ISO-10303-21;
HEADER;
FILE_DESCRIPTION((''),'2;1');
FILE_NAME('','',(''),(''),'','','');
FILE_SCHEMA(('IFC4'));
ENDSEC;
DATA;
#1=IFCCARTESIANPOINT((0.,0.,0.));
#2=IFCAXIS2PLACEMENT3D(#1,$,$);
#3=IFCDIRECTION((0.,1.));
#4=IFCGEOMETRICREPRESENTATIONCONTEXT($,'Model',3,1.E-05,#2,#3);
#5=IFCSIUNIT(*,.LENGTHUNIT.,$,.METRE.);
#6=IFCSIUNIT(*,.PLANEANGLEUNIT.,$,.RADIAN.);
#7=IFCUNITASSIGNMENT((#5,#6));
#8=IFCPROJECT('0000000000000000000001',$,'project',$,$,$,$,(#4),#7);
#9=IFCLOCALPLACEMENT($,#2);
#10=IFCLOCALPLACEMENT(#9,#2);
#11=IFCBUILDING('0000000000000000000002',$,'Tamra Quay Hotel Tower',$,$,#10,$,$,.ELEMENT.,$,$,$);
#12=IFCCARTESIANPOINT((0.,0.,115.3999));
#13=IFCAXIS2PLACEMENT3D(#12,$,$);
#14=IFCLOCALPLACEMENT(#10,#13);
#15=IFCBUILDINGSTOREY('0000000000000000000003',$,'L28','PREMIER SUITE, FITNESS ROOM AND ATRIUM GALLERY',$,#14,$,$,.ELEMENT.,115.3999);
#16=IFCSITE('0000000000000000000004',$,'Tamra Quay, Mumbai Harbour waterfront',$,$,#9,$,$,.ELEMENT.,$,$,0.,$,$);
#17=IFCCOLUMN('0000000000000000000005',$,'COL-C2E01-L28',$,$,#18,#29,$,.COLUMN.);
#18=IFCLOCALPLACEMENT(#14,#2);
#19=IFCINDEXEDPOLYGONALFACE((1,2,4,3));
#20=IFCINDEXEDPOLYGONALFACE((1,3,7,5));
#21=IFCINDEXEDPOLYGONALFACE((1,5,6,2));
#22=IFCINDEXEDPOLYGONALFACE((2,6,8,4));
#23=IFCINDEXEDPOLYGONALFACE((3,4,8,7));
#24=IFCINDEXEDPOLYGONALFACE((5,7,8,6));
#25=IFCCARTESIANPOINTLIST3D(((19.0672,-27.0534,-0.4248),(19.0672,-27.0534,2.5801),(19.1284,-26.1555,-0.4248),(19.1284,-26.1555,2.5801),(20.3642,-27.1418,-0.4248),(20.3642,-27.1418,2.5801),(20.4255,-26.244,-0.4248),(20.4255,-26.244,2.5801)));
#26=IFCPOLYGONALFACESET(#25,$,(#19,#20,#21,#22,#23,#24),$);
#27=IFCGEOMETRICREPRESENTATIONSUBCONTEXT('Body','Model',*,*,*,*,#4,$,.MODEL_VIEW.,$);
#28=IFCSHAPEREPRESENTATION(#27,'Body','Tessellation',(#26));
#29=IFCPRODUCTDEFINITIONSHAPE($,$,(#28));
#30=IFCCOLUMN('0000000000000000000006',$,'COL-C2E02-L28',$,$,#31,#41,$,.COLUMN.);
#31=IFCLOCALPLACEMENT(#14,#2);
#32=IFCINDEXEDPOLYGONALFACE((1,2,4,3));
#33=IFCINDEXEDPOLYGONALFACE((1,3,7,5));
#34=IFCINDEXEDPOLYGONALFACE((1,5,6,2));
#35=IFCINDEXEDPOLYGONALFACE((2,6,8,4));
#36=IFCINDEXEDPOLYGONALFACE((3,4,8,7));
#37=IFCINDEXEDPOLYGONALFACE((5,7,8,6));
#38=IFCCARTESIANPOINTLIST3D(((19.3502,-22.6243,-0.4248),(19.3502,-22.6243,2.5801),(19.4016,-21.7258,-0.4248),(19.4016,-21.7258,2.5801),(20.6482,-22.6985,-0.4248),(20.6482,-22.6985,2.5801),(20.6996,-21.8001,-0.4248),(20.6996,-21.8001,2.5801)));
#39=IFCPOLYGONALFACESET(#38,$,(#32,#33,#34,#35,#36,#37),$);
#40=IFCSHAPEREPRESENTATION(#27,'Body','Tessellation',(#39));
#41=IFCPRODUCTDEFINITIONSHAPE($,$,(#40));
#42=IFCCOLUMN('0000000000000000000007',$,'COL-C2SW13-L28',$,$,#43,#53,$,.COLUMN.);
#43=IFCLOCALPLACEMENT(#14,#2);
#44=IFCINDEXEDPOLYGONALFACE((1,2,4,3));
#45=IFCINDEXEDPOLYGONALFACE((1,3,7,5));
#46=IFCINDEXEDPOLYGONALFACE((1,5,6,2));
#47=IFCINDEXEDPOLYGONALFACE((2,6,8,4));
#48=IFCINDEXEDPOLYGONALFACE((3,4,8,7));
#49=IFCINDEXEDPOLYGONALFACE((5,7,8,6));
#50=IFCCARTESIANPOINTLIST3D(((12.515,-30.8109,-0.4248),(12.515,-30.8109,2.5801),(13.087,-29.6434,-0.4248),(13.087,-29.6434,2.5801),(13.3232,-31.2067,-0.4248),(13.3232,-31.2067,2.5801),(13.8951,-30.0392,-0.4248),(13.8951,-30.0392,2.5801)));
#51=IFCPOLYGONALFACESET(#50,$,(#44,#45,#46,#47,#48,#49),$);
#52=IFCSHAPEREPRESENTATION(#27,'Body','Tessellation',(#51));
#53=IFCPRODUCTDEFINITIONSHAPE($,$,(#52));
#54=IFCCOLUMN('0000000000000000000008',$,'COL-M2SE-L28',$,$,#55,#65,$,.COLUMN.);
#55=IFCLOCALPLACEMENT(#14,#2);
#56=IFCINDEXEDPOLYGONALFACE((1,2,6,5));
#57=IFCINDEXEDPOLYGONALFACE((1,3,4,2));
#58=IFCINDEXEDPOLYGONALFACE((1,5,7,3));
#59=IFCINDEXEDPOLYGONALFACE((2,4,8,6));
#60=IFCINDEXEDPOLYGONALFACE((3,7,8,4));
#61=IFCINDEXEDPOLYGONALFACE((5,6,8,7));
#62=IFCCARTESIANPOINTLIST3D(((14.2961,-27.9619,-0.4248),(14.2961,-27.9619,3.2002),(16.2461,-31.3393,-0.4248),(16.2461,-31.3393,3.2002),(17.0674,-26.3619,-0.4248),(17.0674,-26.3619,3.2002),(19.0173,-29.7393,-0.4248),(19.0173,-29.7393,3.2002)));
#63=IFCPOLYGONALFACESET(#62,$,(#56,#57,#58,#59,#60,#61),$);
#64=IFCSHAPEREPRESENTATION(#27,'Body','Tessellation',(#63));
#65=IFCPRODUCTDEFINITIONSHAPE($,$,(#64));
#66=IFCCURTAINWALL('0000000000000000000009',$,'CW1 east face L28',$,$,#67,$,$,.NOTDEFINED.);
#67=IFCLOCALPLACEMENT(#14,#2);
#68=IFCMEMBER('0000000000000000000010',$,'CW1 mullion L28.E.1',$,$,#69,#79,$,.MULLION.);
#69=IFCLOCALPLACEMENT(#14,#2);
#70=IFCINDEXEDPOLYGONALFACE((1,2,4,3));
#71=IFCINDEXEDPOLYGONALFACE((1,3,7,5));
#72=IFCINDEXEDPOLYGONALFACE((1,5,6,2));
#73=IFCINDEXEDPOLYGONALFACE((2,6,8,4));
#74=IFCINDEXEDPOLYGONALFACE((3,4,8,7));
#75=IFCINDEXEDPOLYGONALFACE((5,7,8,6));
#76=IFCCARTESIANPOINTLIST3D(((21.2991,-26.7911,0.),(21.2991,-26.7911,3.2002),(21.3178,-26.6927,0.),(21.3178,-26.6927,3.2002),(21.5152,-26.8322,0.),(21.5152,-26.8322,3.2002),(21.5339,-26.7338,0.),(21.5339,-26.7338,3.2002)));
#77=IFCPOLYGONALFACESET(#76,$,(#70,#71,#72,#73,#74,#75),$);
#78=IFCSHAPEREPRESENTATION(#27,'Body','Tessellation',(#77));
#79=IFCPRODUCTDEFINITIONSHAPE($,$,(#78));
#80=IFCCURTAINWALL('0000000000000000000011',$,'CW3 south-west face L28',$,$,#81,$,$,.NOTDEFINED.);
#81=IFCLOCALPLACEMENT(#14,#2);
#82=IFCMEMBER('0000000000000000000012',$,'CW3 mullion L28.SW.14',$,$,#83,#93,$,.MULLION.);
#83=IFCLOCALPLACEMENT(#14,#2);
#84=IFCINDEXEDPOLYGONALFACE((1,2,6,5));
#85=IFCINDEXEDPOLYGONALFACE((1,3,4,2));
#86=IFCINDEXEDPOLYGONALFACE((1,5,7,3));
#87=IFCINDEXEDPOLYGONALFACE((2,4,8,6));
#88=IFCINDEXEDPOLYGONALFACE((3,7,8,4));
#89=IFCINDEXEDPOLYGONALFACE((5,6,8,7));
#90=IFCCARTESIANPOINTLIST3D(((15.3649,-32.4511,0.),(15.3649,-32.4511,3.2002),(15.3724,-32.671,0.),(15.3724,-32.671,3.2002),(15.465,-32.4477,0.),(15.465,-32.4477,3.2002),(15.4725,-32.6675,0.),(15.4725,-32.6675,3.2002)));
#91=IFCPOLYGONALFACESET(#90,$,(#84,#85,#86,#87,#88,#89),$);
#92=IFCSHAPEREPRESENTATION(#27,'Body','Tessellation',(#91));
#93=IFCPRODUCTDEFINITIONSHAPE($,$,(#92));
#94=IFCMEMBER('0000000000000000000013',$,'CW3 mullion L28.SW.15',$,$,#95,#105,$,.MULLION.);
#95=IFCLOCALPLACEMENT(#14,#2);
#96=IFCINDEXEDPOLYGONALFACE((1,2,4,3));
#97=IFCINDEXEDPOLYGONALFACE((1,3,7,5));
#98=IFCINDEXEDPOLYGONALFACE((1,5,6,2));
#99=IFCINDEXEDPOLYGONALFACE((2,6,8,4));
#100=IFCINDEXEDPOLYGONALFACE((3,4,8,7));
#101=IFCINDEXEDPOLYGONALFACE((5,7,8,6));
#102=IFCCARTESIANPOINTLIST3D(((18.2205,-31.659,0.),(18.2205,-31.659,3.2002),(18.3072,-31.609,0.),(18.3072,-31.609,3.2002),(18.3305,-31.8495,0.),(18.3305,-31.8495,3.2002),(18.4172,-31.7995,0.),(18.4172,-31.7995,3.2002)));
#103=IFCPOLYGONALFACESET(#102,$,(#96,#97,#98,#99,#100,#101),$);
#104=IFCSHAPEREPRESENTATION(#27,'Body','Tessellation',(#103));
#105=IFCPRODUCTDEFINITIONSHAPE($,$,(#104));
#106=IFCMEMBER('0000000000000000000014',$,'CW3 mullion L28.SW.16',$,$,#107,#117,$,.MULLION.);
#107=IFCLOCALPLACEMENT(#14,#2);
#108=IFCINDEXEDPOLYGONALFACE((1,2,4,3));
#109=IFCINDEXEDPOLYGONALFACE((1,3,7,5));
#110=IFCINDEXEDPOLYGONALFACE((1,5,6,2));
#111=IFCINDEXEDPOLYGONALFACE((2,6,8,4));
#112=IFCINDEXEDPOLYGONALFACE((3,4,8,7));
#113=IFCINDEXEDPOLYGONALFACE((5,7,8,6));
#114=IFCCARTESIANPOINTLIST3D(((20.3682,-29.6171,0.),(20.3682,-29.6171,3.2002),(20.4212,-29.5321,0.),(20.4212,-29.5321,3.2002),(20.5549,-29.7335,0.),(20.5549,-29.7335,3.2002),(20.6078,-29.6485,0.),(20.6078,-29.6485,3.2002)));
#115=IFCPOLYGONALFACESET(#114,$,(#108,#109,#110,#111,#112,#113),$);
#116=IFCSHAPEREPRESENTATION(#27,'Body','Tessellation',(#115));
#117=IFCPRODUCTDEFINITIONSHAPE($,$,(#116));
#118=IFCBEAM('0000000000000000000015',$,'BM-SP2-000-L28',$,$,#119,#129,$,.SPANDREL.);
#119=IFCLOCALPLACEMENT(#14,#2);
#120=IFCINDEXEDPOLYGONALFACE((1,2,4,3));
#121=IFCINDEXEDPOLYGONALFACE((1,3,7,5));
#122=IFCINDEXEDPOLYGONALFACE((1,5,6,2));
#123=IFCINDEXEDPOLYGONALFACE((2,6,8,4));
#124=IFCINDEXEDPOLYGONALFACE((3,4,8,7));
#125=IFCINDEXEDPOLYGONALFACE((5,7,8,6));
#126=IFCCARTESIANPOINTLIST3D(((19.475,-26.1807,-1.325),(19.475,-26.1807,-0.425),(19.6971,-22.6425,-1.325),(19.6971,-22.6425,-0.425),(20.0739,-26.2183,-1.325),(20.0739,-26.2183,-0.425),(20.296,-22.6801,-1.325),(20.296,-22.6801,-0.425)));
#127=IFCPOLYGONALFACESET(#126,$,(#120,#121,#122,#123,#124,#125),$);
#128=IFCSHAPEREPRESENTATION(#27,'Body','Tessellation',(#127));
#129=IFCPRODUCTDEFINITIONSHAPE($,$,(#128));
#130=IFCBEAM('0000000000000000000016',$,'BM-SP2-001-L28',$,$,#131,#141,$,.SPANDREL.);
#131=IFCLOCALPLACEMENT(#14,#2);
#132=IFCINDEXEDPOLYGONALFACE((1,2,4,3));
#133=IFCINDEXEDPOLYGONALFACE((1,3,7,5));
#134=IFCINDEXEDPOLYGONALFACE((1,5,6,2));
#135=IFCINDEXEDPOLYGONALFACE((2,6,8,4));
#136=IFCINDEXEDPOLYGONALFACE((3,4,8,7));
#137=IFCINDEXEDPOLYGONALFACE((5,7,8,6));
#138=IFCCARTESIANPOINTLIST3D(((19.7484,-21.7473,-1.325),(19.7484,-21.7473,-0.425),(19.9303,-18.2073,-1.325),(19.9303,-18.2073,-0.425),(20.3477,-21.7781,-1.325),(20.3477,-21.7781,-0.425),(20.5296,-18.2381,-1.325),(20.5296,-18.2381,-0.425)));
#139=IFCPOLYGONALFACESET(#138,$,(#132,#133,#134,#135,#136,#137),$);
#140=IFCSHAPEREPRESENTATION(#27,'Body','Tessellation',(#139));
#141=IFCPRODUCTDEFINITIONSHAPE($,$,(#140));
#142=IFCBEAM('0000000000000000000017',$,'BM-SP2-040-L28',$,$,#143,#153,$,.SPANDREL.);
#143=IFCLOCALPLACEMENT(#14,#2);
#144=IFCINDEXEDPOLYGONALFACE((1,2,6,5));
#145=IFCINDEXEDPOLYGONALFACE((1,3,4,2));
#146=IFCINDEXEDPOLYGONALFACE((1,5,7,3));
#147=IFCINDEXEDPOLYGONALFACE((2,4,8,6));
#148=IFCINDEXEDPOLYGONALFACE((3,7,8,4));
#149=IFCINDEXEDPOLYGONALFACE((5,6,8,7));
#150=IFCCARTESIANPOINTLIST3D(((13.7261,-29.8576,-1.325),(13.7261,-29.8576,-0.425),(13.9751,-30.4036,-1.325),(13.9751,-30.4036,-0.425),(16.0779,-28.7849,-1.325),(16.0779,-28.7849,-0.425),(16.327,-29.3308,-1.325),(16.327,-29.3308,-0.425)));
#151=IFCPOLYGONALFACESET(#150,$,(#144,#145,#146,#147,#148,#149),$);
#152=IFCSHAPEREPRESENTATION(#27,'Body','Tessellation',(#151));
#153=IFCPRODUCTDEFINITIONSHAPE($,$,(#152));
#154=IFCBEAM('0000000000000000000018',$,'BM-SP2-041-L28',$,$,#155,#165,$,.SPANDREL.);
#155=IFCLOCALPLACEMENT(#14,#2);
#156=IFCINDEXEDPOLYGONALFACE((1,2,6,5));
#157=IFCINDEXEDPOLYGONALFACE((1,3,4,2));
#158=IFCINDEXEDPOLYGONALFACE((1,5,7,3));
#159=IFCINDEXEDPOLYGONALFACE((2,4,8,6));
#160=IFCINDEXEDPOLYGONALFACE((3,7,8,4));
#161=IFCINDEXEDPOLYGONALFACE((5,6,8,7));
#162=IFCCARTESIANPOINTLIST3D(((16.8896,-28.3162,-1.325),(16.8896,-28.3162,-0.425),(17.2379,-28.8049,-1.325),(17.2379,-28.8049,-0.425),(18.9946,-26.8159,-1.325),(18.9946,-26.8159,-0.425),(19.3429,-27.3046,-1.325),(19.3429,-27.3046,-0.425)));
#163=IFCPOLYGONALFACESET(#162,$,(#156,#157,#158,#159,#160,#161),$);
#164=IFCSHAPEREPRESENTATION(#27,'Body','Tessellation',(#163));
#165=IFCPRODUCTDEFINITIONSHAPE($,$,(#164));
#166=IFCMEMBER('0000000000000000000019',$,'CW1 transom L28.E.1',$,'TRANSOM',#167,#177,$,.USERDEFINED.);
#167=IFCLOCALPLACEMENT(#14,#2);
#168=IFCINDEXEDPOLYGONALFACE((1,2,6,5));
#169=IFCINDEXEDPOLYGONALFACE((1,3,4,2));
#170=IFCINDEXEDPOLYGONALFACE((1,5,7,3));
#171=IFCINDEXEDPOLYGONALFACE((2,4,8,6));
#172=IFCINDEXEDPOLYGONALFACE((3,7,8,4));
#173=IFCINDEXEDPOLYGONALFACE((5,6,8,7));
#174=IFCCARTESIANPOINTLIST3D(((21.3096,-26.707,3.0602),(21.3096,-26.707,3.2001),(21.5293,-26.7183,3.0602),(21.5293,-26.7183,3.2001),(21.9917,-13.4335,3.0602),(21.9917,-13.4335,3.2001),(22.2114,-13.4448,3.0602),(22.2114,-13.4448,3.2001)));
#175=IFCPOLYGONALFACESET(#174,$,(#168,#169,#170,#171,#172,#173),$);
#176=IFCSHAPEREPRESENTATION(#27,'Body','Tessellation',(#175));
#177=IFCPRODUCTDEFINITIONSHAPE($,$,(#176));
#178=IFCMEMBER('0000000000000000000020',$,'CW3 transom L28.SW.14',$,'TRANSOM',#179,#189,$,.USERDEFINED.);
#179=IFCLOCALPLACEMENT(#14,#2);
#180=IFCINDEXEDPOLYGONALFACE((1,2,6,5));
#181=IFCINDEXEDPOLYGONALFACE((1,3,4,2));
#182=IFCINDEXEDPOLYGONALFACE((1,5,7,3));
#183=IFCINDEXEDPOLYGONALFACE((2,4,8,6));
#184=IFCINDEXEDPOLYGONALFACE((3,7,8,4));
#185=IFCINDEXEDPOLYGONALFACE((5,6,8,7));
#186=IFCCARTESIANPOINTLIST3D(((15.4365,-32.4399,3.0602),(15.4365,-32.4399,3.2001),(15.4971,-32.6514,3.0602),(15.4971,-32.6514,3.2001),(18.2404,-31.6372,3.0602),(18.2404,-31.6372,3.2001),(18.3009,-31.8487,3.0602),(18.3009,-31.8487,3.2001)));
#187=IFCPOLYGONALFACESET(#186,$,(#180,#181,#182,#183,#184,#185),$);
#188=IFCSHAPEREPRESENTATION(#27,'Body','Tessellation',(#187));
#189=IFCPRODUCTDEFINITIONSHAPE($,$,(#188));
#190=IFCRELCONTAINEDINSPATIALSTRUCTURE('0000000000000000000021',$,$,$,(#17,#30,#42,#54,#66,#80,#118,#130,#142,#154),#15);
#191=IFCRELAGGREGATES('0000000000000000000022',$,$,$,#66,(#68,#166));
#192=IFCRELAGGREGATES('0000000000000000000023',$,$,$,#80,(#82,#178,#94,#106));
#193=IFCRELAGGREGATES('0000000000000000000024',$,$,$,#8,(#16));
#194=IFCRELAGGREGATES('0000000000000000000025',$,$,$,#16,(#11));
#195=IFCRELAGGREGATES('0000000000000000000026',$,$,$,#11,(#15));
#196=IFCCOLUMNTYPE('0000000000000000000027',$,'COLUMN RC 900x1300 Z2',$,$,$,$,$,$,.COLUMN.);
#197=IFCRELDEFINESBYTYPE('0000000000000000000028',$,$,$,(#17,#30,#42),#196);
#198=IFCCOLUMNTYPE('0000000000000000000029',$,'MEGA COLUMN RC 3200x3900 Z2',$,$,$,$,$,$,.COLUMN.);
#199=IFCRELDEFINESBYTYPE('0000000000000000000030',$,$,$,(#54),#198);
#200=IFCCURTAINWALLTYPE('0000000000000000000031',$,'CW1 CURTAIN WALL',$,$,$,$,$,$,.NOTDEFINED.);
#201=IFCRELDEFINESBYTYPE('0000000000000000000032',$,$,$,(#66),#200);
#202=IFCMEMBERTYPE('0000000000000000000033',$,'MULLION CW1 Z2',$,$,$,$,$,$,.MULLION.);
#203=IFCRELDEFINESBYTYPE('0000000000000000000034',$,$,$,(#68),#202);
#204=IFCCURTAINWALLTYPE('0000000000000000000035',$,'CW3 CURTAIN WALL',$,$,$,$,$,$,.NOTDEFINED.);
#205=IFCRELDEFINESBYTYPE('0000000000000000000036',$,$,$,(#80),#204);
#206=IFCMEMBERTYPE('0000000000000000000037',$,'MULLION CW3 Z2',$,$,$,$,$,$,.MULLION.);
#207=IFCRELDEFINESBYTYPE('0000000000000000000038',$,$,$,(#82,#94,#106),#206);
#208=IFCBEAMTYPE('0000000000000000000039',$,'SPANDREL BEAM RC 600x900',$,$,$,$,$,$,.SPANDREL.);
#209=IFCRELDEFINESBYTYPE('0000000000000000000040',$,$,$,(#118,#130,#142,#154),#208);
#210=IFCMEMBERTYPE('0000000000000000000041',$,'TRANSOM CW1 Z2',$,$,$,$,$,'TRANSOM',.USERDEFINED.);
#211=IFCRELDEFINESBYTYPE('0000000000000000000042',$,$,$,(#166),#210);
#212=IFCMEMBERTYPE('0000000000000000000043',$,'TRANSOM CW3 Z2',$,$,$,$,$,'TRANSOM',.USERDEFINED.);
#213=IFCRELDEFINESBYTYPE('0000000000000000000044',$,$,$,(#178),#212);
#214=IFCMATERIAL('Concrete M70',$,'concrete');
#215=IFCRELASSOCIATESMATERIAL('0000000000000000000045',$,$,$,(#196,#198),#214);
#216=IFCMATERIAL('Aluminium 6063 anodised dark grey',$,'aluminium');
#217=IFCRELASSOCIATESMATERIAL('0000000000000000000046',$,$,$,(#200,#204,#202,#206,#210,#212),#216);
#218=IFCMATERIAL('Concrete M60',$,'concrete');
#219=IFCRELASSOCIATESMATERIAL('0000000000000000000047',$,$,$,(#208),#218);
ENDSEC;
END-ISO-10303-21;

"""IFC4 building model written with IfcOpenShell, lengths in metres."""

from ifc_helpers import new_model, si_unit, direction, frame, origin, origin_2d, place, context, subcontext, project, spatial, rectangle, extrude, material, material_profile, profile_set, type_object, element, aggregate, save


model = new_model("IFC4")

# Units and contexts
model_context = context("Model", 3, precision=1e-05, world=origin(), true_north=direction((0.0, 1.0)))
body_context = subcontext(model_context, "Body", "Model", "MODEL_VIEW")
ifc_project = project(units=[si_unit("LENGTHUNIT", "METRE"), si_unit("PLANEANGLEUNIT", "RADIAN")], contexts=[model_context])

# Site, building, storey
site_placement = place(None, origin())
site = spatial("IfcSite", under=ifc_project, at=site_placement, Name="Tamra Quay, Mumbai Harbour waterfront", CompositionType="ELEMENT", RefElevation=0.0)
building_placement = place(site_placement, origin())
building = spatial("IfcBuilding", under=site, at=building_placement, Name="Tamra Quay Hotel Tower", CompositionType="ELEMENT")
storey_placement = place(building_placement, frame((0.0, 0.0, 115.3999)))
storey = spatial("IfcBuildingStorey", under=building, at=storey_placement, Name="L28", Description="PREMIER SUITE, FITNESS ROOM AND ATRIUM GALLERY", CompositionType="ELEMENT", Elevation=115.3999)

# Columns
ifc_material_1 = material(Name="Concrete M70", Category="concrete")
ifc_material_profile_1 = material_profile(ifc_material_1, rectangle(XDim=1.3, YDim=0.8999, at=origin_2d()), Name="COLUMN RC 900x1300 Z2")
ifc_profile_set_1 = profile_set([ifc_material_profile_1], Name="Concrete M70")
column_type_1 = type_object("IfcColumnType", Name="COLUMN RC 900x1300 Z2", PredefinedType="COLUMN", material=ifc_profile_set_1)
for number, where, z_axis, x_axis, name in (
    (1, (19.7463, -26.6487, -0.4248), (0.0, 0.0, 1.0), (-0.997682, 0.068041, 0.0), "COL-C2E01-L28"),
    (2, (20.0249, -22.2122, -0.4248), (0.0, 0.0, 1.0), (-0.998368, 0.057108, 0.0), "COL-C2E02-L28"),
    (3, (13.2051, -30.425, -0.4248), (0.0, 0.0, 1.0), (0.439916, 0.898039, 0.0), "COL-C2SW13-L28"),
):
    element("IfcColumn", number, at=place(storey_placement, frame(where, z_axis=z_axis, x_axis=x_axis)), inside=storey, type_object=column_type_1, Name=name, PredefinedType="COLUMN", context=body_context, shape_type="SweptSolid", body=[
        extrude(rectangle(XDim=1.3, YDim=0.8999, at=origin_2d()), origin(), (0.0, 0.0, 1.0), 3.0049),
    ])
ifc_material_profile_2 = material_profile(ifc_material_1, rectangle(XDim=3.8999, YDim=3.2, at=origin_2d()), Name="MEGA COLUMN RC 3200x3900 Z2")
ifc_profile_set_2 = profile_set([ifc_material_profile_2], Name="Concrete M70")
column_type_2 = type_object("IfcColumnType", Name="MEGA COLUMN RC 3200x3900 Z2", PredefinedType="COLUMN", material=ifc_profile_set_2)
column_placement = place(storey_placement, frame((16.6567, -28.8506, -0.4248), z_axis=(0.0, 0.0, 1.0), x_axis=(-0.5, 0.866025, 0.0)))
element("IfcColumn", 4, at=column_placement, inside=storey, type_object=column_type_2, Name="COL-M2SE-L28", PredefinedType="COLUMN", context=body_context, shape_type="SweptSolid", body=[
    extrude(rectangle(XDim=3.8999, YDim=3.2, at=origin_2d()), origin(), (0.0, 0.0, 1.0), 3.625),
])

# Curtain wall, member
ifc_material_2 = material(Name="Aluminium 6063 anodised dark grey", Category="aluminium")
curtain_wall_type_1 = type_object("IfcCurtainWallType", Name="CW1 CURTAIN WALL", PredefinedType="NOTDEFINED", material=ifc_material_2)
curtain_wall_1_placement = place(storey_placement, origin())
curtain_wall_1 = element("IfcCurtainWall", 5, at=curtain_wall_1_placement, inside=storey, type_object=curtain_wall_type_1, Name="CW1 east face L28", PredefinedType="NOTDEFINED")
ifc_material_profile_3 = material_profile(ifc_material_2, rectangle(XDim=0.22, YDim=0.1001, at=origin_2d()), Name="MULLION 100X220")
ifc_profile_set_3 = profile_set([ifc_material_profile_3], Name="Aluminium 6063 anodised dark grey")
member_type_1 = type_object("IfcMemberType", Name="MULLION CW1 Z2", PredefinedType="MULLION", material=ifc_profile_set_3)
member_1_placement = place(storey_placement, frame((21.4165, -26.7625, 0.0), z_axis=(0.0, 0.0, 1.0), x_axis=(0.982419, -0.186689, 0.0)))
member_1 = element("IfcMember", 6, at=member_1_placement, type_object=member_type_1, Name="CW1 mullion L28.E.1", PredefinedType="MULLION", context=body_context, shape_type="SweptSolid", body=[
    extrude(rectangle(XDim=0.22, YDim=0.1001, at=origin_2d()), origin(), (0.0, 0.0, 1.0), 3.2002),
])

# Curtain wall, members
curtain_wall_type_2 = type_object("IfcCurtainWallType", Name="CW3 CURTAIN WALL", PredefinedType="NOTDEFINED", material=ifc_material_2)
curtain_wall_2_placement = place(storey_placement, origin())
curtain_wall_2 = element("IfcCurtainWall", 7, at=curtain_wall_2_placement, inside=storey, type_object=curtain_wall_type_2, Name="CW3 south-west face L28", PredefinedType="NOTDEFINED")
ifc_material_profile_4 = material_profile(ifc_material_2, rectangle(XDim=0.22, YDim=0.1001, at=origin_2d()), Name="MULLION 100X220")
ifc_profile_set_4 = profile_set([ifc_material_profile_4], Name="Aluminium 6063 anodised dark grey")
member_type_2 = type_object("IfcMemberType", Name="MULLION CW3 Z2", PredefinedType="MULLION", material=ifc_profile_set_4)
member_2_placement = place(storey_placement, frame((15.4187, -32.5593, 0.0), z_axis=(0.0, 0.0, 1.0), x_axis=(0.034041, -0.99942, 0.0)))
member_2 = element("IfcMember", 8, at=member_2_placement, type_object=member_type_2, Name="CW3 mullion L28.SW.14", PredefinedType="MULLION", context=body_context, shape_type="SweptSolid", body=[
    extrude(rectangle(XDim=0.22, YDim=0.1001, at=origin_2d()), origin(), (0.0, 0.0, 1.0), 3.2002),
])
member_3_placement = place(storey_placement, frame((18.3188, -31.7292, 0.0), z_axis=(0.0, 0.0, 1.0), x_axis=(0.5, -0.866025, 0.0)))
member_3 = element("IfcMember", 9, at=member_3_placement, type_object=member_type_2, Name="CW3 mullion L28.SW.15", PredefinedType="MULLION", context=body_context, shape_type="SweptSolid", body=[
    extrude(rectangle(XDim=0.22, YDim=0.1001, at=origin_2d()), origin(), (0.0, 0.0, 1.0), 3.2002),
])
member_4_placement = place(storey_placement, frame((20.488, -29.6328, 0.0), z_axis=(0.0, 0.0, 1.0), x_axis=(0.848503, -0.52919, 0.0)))
member_4 = element("IfcMember", 10, at=member_4_placement, type_object=member_type_2, Name="CW3 mullion L28.SW.16", PredefinedType="MULLION", context=body_context, shape_type="SweptSolid", body=[
    extrude(rectangle(XDim=0.22, YDim=0.1001, at=origin_2d()), origin(), (0.0, 0.0, 1.0), 3.2002),
])

# Beams
ifc_material_3 = material(Name="Concrete M60", Category="concrete")
ifc_material_profile_5 = material_profile(ifc_material_3, rectangle(XDim=0.6001, YDim=0.8999, at=origin_2d()), Name="SPANDREL BEAM RC 600x900")
ifc_profile_set_5 = profile_set([ifc_material_profile_5], Name="Concrete M60")
beam_type = type_object("IfcBeamType", Name="SPANDREL BEAM RC 600x900", PredefinedType="SPANDREL", material=ifc_profile_set_5)
beam_1_placement = place(storey_placement, frame((19.7744, -26.1995, -0.875), z_axis=(0.06267, 0.998034, 0.0), x_axis=(-0.998034, 0.06267, 0.0)))
element("IfcBeam", 11, at=beam_1_placement, inside=storey, type_object=beam_type, Name="BM-SP2-000-L28", PredefinedType="SPANDREL", context=body_context, shape_type="SweptSolid", body=[
    extrude(rectangle(XDim=0.6001, YDim=0.8999, at=origin_2d()), origin(), (0.0, 0.0, 1.0), 3.5452),
])
beam_2_placement = place(storey_placement, frame((20.0481, -21.7627, -0.875), z_axis=(0.051312, 0.998683, 0.0), x_axis=(-0.998683, 0.051312, 0.0)))
element("IfcBeam", 12, at=beam_2_placement, inside=storey, type_object=beam_type, Name="BM-SP2-001-L28", PredefinedType="SPANDREL", context=body_context, shape_type="SweptSolid", body=[
    extrude(rectangle(XDim=0.6001, YDim=0.8999, at=origin_2d()), origin(), (0.0, 0.0, 1.0), 3.5447),
])
for number, where, z_axis, x_axis, name in (
    (13, (13.8506, -30.1306, -0.875), (0.909819, 0.415005, 0.0), (-0.415005, 0.909819, 0.0), "BM-SP2-040-L28"),
    (14, (17.0637, -28.5605, -0.875), (0.814339, 0.580389, 0.0), (-0.580389, 0.814339, 0.0), "BM-SP2-041-L28"),
):
    element("IfcBeam", number, at=place(storey_placement, frame(where, z_axis=z_axis, x_axis=x_axis)), inside=storey, type_object=beam_type, Name=name, PredefinedType="SPANDREL", context=body_context, shape_type="SweptSolid", body=[
        extrude(rectangle(XDim=0.6001, YDim=0.8999, at=origin_2d()), origin(), (0.0, 0.0, 1.0), 2.585),
    ])

# Members
ifc_material_profile_6 = material_profile(ifc_material_2, rectangle(XDim=0.22, YDim=0.1399, at=origin_2d()), Name="TRANSOM 220X140")
ifc_profile_set_6 = profile_set([ifc_material_profile_6], Name="Aluminium 6063 anodised dark grey")
member_type_3 = type_object("IfcMemberType", Name="TRANSOM CW1 Z2", ElementType="TRANSOM", PredefinedType="USERDEFINED", material=ifc_profile_set_6)
member_5_placement = place(storey_placement, frame((21.4194, -26.7126, 3.1301), z_axis=(0.051323, 0.998682, 0.0), x_axis=(-0.998682, 0.051323, 0.0)))
member_5 = element("IfcMember", 15, at=member_5_placement, type_object=member_type_3, Name="CW1 transom L28.E.1", ObjectType="TRANSOM", PredefinedType="USERDEFINED", context=body_context, shape_type="SweptSolid", body=[
    extrude(rectangle(XDim=0.22, YDim=0.1399, at=origin_2d()), origin(), (0.0, 0.0, 1.0), 13.291),
])
ifc_material_profile_7 = material_profile(ifc_material_2, rectangle(XDim=0.22, YDim=0.1399, at=origin_2d()), Name="TRANSOM 220X140")
ifc_profile_set_7 = profile_set([ifc_material_profile_7], Name="Aluminium 6063 anodised dark grey")
member_type_4 = type_object("IfcMemberType", Name="TRANSOM CW3 Z2", ElementType="TRANSOM", PredefinedType="USERDEFINED", material=ifc_profile_set_7)
member_6_placement = place(storey_placement, frame((15.4668, -32.5457, 3.1301), z_axis=(0.961379, 0.27523, 0.0), x_axis=(-0.27523, 0.961379, 0.0)))
member_6 = element("IfcMember", 16, at=member_6_placement, type_object=member_type_4, Name="CW3 transom L28.SW.14", ObjectType="TRANSOM", PredefinedType="USERDEFINED", context=body_context, shape_type="SweptSolid", body=[
    extrude(rectangle(XDim=0.22, YDim=0.1399, at=origin_2d()), origin(), (0.0, 0.0, 1.0), 2.9165),
])

aggregate(curtain_wall_1, [member_1, member_5])
aggregate(curtain_wall_2, [member_2, member_6, member_3, member_4])

save(model, "model.ifc")
